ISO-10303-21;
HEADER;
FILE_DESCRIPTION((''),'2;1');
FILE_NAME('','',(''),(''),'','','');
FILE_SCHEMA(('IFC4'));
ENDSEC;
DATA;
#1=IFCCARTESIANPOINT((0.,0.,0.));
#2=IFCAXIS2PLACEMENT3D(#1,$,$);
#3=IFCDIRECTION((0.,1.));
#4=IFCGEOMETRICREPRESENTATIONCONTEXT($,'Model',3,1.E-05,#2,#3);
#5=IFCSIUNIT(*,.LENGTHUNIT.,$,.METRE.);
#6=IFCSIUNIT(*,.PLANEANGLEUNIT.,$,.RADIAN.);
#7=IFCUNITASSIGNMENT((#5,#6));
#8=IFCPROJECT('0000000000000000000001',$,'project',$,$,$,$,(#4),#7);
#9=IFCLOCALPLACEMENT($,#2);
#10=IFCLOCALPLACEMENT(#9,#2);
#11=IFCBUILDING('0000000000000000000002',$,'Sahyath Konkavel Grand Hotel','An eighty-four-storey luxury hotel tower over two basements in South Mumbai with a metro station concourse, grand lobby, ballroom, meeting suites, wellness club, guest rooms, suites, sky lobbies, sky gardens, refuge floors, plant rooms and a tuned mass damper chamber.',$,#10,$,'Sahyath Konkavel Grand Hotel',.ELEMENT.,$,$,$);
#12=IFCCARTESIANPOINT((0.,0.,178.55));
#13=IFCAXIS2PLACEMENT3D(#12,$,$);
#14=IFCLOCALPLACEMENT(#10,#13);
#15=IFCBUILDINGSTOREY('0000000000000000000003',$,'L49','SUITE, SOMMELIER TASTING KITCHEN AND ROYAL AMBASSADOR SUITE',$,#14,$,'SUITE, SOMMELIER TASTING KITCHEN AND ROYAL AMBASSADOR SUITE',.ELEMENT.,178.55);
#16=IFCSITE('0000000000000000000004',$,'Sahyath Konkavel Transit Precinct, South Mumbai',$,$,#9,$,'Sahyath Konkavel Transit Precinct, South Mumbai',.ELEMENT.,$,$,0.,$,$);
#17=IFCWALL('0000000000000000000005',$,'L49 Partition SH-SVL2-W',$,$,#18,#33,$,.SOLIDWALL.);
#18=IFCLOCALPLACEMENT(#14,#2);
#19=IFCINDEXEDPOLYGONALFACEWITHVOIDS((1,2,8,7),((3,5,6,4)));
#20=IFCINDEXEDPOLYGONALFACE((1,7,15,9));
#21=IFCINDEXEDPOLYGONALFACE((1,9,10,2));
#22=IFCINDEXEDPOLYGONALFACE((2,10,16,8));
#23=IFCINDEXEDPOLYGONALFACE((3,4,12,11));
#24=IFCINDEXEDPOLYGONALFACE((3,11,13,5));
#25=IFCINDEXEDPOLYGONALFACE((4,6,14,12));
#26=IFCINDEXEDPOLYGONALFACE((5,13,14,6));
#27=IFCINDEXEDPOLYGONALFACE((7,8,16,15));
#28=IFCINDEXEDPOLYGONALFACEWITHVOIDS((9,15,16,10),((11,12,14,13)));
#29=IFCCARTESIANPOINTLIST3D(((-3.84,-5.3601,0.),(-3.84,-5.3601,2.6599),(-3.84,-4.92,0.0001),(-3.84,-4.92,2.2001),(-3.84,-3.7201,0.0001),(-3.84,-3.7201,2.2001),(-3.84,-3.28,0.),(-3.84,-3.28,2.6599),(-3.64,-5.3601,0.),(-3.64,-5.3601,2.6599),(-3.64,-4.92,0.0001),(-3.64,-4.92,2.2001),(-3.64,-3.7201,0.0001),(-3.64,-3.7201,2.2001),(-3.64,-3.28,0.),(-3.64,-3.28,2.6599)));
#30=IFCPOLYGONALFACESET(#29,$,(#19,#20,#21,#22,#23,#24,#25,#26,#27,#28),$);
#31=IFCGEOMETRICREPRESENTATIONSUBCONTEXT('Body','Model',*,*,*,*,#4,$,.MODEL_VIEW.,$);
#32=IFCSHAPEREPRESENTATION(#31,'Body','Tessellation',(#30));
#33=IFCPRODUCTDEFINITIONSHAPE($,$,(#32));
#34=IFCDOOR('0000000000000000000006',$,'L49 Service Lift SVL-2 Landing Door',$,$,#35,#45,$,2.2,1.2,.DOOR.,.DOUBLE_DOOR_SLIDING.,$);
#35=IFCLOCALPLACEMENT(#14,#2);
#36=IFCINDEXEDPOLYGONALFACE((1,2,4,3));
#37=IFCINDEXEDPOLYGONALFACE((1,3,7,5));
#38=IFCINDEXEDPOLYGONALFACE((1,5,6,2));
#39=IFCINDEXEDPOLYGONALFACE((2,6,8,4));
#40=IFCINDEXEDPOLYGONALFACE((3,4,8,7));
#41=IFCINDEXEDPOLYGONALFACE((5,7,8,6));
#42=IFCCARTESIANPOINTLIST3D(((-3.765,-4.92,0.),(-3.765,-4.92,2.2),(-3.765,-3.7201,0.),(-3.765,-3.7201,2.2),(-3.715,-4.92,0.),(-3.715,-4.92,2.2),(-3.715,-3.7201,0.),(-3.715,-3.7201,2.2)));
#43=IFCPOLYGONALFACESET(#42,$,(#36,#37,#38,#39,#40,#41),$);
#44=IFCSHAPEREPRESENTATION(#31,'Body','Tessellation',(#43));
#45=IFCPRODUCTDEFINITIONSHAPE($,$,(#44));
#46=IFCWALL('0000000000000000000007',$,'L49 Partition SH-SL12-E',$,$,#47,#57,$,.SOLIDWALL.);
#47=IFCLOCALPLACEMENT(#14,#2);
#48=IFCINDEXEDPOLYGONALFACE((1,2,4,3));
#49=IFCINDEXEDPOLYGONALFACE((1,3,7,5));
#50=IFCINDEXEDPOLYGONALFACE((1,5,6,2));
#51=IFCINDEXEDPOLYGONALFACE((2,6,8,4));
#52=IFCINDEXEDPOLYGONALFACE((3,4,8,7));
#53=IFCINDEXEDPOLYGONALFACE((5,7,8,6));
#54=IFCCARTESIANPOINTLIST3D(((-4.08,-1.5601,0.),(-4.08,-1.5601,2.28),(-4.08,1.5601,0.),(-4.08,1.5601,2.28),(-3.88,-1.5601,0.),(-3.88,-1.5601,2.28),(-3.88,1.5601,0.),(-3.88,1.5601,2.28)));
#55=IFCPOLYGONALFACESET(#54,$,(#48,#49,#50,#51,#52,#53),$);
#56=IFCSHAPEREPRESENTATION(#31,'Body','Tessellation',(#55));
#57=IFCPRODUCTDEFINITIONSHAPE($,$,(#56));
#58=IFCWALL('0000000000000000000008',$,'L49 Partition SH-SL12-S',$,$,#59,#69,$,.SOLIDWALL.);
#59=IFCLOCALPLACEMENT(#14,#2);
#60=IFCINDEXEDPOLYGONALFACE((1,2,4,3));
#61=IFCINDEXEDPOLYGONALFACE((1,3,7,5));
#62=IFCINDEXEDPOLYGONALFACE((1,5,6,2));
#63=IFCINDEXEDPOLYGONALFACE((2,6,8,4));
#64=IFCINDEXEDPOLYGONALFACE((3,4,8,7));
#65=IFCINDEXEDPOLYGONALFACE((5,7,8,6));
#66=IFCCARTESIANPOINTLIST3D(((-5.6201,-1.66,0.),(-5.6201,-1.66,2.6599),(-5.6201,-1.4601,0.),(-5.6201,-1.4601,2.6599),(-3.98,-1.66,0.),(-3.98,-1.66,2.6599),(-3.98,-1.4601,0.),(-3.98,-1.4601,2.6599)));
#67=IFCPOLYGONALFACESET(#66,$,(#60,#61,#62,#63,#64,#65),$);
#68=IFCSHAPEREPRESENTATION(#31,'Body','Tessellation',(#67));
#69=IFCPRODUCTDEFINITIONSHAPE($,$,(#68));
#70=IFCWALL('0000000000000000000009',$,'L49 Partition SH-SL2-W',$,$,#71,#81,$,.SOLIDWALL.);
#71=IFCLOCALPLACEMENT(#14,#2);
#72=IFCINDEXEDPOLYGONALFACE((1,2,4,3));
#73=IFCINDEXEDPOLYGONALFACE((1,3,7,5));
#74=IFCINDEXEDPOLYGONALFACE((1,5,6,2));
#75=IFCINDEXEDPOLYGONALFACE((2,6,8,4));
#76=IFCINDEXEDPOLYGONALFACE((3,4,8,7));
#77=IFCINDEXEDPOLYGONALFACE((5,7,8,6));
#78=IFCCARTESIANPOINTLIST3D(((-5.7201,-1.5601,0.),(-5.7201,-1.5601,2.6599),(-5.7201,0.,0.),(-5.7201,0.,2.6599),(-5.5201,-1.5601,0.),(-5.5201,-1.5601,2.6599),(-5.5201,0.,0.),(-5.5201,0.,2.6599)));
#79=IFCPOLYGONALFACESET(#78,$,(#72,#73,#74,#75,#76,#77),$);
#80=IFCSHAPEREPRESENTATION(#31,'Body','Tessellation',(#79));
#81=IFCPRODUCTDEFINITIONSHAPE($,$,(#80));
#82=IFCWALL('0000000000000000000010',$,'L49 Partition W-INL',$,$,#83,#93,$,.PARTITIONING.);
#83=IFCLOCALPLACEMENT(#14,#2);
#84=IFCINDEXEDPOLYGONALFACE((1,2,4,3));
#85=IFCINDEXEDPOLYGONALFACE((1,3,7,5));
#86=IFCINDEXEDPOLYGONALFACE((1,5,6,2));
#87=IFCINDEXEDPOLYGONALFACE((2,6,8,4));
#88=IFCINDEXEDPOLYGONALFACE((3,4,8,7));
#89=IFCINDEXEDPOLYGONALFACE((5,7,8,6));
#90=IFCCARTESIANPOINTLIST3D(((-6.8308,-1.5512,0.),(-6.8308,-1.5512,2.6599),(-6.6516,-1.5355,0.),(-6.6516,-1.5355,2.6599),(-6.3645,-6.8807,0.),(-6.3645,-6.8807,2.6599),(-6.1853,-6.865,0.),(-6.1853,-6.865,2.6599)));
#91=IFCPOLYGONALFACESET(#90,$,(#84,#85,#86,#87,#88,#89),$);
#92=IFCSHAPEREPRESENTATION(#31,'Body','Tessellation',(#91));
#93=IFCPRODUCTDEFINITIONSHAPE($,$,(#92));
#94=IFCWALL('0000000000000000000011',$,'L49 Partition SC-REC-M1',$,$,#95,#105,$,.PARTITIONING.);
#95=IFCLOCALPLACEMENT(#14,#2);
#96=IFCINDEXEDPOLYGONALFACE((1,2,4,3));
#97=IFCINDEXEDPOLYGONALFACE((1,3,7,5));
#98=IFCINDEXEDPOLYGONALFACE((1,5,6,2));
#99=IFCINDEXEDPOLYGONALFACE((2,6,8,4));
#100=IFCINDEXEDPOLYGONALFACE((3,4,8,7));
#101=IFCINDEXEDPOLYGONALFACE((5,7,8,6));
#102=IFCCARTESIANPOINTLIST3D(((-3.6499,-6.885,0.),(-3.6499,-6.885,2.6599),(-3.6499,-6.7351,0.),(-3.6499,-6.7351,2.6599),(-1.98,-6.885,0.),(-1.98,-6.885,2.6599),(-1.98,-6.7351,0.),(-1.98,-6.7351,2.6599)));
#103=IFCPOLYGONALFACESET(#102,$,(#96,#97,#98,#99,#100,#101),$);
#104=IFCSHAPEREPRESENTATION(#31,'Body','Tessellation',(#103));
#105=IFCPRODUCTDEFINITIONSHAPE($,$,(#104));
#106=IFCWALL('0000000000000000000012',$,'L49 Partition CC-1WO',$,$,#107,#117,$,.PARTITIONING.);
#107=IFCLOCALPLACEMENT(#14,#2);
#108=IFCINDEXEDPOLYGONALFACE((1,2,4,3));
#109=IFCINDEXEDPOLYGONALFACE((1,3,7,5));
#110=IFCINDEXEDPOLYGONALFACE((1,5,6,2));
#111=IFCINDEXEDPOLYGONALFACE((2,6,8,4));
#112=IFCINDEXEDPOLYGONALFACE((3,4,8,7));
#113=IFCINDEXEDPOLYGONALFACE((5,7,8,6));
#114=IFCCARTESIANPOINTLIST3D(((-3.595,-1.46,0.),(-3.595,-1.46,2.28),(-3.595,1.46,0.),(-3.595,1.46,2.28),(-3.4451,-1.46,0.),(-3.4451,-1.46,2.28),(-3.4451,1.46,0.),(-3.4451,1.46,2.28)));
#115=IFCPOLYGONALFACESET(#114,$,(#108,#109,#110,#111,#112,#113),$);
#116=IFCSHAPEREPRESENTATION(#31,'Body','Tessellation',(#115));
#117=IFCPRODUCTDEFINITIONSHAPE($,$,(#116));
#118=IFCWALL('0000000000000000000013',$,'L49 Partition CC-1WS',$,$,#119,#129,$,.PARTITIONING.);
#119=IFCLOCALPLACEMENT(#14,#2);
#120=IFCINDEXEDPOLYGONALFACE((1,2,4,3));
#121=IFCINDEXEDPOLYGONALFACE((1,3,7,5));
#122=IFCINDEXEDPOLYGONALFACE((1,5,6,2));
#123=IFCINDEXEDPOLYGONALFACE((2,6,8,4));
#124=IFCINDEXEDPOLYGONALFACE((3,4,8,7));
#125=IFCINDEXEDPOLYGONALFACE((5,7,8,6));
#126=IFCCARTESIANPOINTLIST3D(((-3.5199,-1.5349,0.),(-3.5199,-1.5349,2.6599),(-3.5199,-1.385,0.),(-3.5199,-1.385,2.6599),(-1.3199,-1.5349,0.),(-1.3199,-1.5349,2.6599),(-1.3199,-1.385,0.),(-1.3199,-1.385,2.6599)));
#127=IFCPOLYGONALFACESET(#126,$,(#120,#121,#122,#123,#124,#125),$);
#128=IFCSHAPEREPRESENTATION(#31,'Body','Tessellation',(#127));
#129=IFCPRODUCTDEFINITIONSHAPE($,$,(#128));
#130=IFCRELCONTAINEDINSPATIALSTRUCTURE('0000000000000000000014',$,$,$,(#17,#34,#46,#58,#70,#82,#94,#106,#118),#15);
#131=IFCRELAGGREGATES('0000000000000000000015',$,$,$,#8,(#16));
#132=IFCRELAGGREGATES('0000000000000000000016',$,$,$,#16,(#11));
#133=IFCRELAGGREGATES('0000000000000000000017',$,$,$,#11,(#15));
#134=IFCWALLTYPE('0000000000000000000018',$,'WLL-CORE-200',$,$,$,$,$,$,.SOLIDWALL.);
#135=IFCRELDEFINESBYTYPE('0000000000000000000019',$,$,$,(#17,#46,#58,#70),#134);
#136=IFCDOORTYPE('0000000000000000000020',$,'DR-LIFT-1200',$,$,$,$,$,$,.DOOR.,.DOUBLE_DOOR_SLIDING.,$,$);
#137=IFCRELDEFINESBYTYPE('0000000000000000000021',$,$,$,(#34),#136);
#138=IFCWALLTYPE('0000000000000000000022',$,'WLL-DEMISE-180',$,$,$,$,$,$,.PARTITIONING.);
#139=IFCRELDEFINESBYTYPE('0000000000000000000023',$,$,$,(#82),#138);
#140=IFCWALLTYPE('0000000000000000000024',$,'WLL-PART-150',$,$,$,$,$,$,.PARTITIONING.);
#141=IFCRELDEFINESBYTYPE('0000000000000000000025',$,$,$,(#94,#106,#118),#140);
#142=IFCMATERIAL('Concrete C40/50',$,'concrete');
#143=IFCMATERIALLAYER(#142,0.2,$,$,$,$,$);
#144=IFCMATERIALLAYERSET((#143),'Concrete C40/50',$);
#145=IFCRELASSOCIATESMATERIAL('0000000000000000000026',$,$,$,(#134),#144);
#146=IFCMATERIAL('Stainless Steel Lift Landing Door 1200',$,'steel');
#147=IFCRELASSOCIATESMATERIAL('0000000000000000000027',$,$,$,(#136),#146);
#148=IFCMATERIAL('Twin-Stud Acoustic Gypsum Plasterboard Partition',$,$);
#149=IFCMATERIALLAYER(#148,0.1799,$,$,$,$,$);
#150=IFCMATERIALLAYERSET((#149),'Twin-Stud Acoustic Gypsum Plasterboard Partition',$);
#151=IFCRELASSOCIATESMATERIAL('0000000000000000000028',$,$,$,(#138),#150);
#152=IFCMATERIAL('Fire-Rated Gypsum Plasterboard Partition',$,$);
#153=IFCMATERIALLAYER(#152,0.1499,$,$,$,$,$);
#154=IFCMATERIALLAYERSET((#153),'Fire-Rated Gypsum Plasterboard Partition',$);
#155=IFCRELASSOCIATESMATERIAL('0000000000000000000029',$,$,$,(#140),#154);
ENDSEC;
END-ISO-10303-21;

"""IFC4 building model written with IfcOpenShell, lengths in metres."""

from ifc_helpers import new_model, si_unit, direction, frame, frame_2d, origin, origin_2d, place, context, subcontext, project, spatial, rectangle, extrude, source, transform, mapped, material, layer, layer_set, type_object, element, fill, save


model = new_model("IFC4")

# Units and contexts
model_context = context("Model", 3, precision=1e-05, world=origin(), true_north=direction((0.0, 1.0)))
body_context = subcontext(model_context, "Body", "Model", "MODEL_VIEW")
ifc_project = project(units=[si_unit("LENGTHUNIT", "METRE"), si_unit("PLANEANGLEUNIT", "RADIAN")], contexts=[model_context])

# Site, building, storey
site_placement = place(None, origin())
site = spatial("IfcSite", under=ifc_project, at=site_placement, Name="Sahyath Konkavel Transit Precinct, South Mumbai", LongName="Sahyath Konkavel Transit Precinct, South Mumbai", CompositionType="ELEMENT", RefElevation=0.0)
building_placement = place(site_placement, origin())
building = spatial("IfcBuilding", under=site, at=building_placement, Name="Sahyath Konkavel Grand Hotel", Description="An eighty-four-storey luxury hotel tower over two basements in South Mumbai with a metro station concourse, grand lobby, ballroom, meeting suites, wellness club, guest rooms, suites, sky lobbies, sky gardens, refuge floors, plant rooms and a tuned mass damper chamber.", LongName="Sahyath Konkavel Grand Hotel", CompositionType="ELEMENT")
storey_placement = place(building_placement, frame((0.0, 0.0, 178.55)))
storey = spatial("IfcBuildingStorey", under=building, at=storey_placement, Name="L49", Description="SUITE, SOMMELIER TASTING KITCHEN AND ROYAL AMBASSADOR SUITE", LongName="SUITE, SOMMELIER TASTING KITCHEN AND ROYAL AMBASSADOR SUITE", CompositionType="ELEMENT", Elevation=178.55)

# Shared definitions
ifc_material_1 = material(Name="Concrete C40/50", Category="concrete")
ifc_layer_1 = layer(ifc_material_1, 0.2)
ifc_layer_set_1 = layer_set([ifc_layer_1], Name="Concrete C40/50")
wall_type_1 = type_object("IfcWallType", Name="WLL-CORE-200", PredefinedType="SOLIDWALL", material=ifc_layer_set_1)

# Wall, opening, door
wall_1_placement = place(storey_placement, frame((-3.74, -5.3601, 0.0), z_axis=(0.0, 0.0, 1.0), x_axis=(0.0, 1.0, 0.0)))
wall_1 = element("IfcWall", 1, at=wall_1_placement, inside=storey, type_object=wall_type_1, Name="L49 Partition SH-SVL2-W", PredefinedType="SOLIDWALL", context=body_context, shape_type="SweptSolid", body=[
    extrude(rectangle(XDim=2.0801, YDim=0.2, at=frame_2d((1.04, 0.0))), origin(), (0.0, 0.0, 1.0), 2.6599),
])
opening_1_placement = place(wall_1_placement, frame((0.4399, 0.0, 0.0)))
opening_1 = element("IfcOpeningElement", 2, at=opening_1_placement, cuts=wall_1, PredefinedType="OPENING", context=body_context, shape_type="SweptSolid", body=[
    extrude(rectangle(XDim=1.2, YDim=2.2, at=frame_2d((0.6001, 1.1001))), frame((0.0, 0.1099, 0.0), z_axis=(0.0, -1.0, 0.0), x_axis=(1.0, 0.0, 0.0)), (0.0, 0.0, 1.0), 0.22),
])
ifc_material_2 = material(Name="Stainless Steel Lift Landing Door 1200", Category="steel")
door_type_1 = type_object("IfcDoorType", Name="DR-LIFT-1200", OperationType="DOUBLE_DOOR_SLIDING", PredefinedType="DOOR", material=ifc_material_2)
shared_shape_1 = source(origin(), body_context, "Body", "SweptSolid", [
    extrude(rectangle(XDim=1.2, YDim=0.05, at=origin_2d()), origin(), (0.0, 0.0, 1.0), 2.2),
])
door_1_placement = place(opening_1_placement, frame((0.6001, 0.0, 0.0)))
door_1 = element("IfcDoor", 3, at=door_1_placement, inside=storey, type_object=door_type_1, Name="L49 Service Lift SVL-2 Landing Door", OperationType="DOUBLE_DOOR_SLIDING", OverallHeight=2.2, OverallWidth=1.2, PredefinedType="DOOR", context=body_context, shape_type="MappedRepresentation", body=[
    mapped(shared_shape_1, transform((0.0, 0.0, 0.0), scale=1.0)),
])
fill(opening_1, door_1)

# Walls
wall_2_placement = place(storey_placement, frame((-3.98, -1.5601, 0.0), z_axis=(0.0, 0.0, 1.0), x_axis=(0.0, 1.0, 0.0)))
element("IfcWall", 4, at=wall_2_placement, inside=storey, type_object=wall_type_1, Name="L49 Partition SH-SL12-E", PredefinedType="SOLIDWALL", context=body_context, shape_type="SweptSolid", body=[
    extrude(rectangle(XDim=3.1201, YDim=0.2, at=frame_2d((1.5601, 0.0))), origin(), (0.0, 0.0, 1.0), 2.28),
])
wall_3_placement = place(storey_placement, frame((-5.6201, -1.5601, 0.0), z_axis=(0.0, 0.0, 1.0), x_axis=(1.0, 0.0, 0.0)))
element("IfcWall", 5, at=wall_3_placement, inside=storey, type_object=wall_type_1, Name="L49 Partition SH-SL12-S", PredefinedType="SOLIDWALL", context=body_context, shape_type="SweptSolid", body=[
    extrude(rectangle(XDim=1.6401, YDim=0.2, at=frame_2d((0.8201, 0.0))), origin(), (0.0, 0.0, 1.0), 2.6599),
])
wall_4_placement = place(storey_placement, frame((-5.6201, -1.5601, 0.0), z_axis=(0.0, 0.0, 1.0), x_axis=(0.0, 1.0, 0.0)))
element("IfcWall", 6, at=wall_4_placement, inside=storey, type_object=wall_type_1, Name="L49 Partition SH-SL2-W", PredefinedType="SOLIDWALL", context=body_context, shape_type="SweptSolid", body=[
    extrude(rectangle(XDim=1.5601, YDim=0.2, at=frame_2d((0.78, 0.0))), origin(), (0.0, 0.0, 1.0), 2.6599),
])
ifc_material_3 = material(Name="Twin-Stud Acoustic Gypsum Plasterboard Partition")
ifc_layer_2 = layer(ifc_material_3, 0.1799)
ifc_layer_set_2 = layer_set([ifc_layer_2], Name="Twin-Stud Acoustic Gypsum Plasterboard Partition")
wall_type_2 = type_object("IfcWallType", Name="WLL-DEMISE-180", PredefinedType="PARTITIONING", material=ifc_layer_set_2)
wall_5_placement = place(storey_placement, frame((-6.7412, -1.5435, 0.0), z_axis=(0.0, 0.0, 1.0), x_axis=(0.087161, -0.996194, 0.0)))
element("IfcWall", 7, at=wall_5_placement, inside=storey, type_object=wall_type_2, Name="L49 Partition W-INL", PredefinedType="PARTITIONING", context=body_context, shape_type="SweptSolid", body=[
    extrude(rectangle(XDim=5.3499, YDim=0.1799, at=frame_2d((2.6748, 0.0))), origin(), (0.0, 0.0, 1.0), 2.6599),
])
ifc_material_4 = material(Name="Fire-Rated Gypsum Plasterboard Partition")
ifc_layer_3 = layer(ifc_material_4, 0.1499)
ifc_layer_set_3 = layer_set([ifc_layer_3], Name="Fire-Rated Gypsum Plasterboard Partition")
wall_type_3 = type_object("IfcWallType", Name="WLL-PART-150", PredefinedType="PARTITIONING", material=ifc_layer_set_3)
wall_6_placement = place(storey_placement, frame((-3.6499, -6.8101, 0.0), z_axis=(0.0, 0.0, 1.0), x_axis=(1.0, 0.0, 0.0)))
element("IfcWall", 8, at=wall_6_placement, inside=storey, type_object=wall_type_3, Name="L49 Partition SC-REC-M1", PredefinedType="PARTITIONING", context=body_context, shape_type="SweptSolid", body=[
    extrude(rectangle(XDim=1.6699, YDim=0.1499, at=frame_2d((0.835, 0.0))), origin(), (0.0, 0.0, 1.0), 2.6599),
])
wall_7_placement = place(storey_placement, frame((-3.52, -1.46, 0.0), z_axis=(0.0, 0.0, 1.0), x_axis=(0.0, 1.0, 0.0)))
element("IfcWall", 9, at=wall_7_placement, inside=storey, type_object=wall_type_3, Name="L49 Partition CC-1WO", PredefinedType="PARTITIONING", context=body_context, shape_type="SweptSolid", body=[
    extrude(rectangle(XDim=2.9199, YDim=0.1499, at=frame_2d((1.46, 0.0))), origin(), (0.0, 0.0, 1.0), 2.28),
])
wall_8_placement = place(storey_placement, frame((-3.52, -1.46, 0.0), z_axis=(0.0, 0.0, 1.0), x_axis=(1.0, 0.0, 0.0)))
element("IfcWall", 10, at=wall_8_placement, inside=storey, type_object=wall_type_3, Name="L49 Partition CC-1WS", PredefinedType="PARTITIONING", context=body_context, shape_type="SweptSolid", body=[
    extrude(rectangle(XDim=2.2, YDim=0.1499, at=frame_2d((1.1001, 0.0))), origin(), (0.0, 0.0, 1.0), 2.6599),
])

save(model, "model.ifc")
